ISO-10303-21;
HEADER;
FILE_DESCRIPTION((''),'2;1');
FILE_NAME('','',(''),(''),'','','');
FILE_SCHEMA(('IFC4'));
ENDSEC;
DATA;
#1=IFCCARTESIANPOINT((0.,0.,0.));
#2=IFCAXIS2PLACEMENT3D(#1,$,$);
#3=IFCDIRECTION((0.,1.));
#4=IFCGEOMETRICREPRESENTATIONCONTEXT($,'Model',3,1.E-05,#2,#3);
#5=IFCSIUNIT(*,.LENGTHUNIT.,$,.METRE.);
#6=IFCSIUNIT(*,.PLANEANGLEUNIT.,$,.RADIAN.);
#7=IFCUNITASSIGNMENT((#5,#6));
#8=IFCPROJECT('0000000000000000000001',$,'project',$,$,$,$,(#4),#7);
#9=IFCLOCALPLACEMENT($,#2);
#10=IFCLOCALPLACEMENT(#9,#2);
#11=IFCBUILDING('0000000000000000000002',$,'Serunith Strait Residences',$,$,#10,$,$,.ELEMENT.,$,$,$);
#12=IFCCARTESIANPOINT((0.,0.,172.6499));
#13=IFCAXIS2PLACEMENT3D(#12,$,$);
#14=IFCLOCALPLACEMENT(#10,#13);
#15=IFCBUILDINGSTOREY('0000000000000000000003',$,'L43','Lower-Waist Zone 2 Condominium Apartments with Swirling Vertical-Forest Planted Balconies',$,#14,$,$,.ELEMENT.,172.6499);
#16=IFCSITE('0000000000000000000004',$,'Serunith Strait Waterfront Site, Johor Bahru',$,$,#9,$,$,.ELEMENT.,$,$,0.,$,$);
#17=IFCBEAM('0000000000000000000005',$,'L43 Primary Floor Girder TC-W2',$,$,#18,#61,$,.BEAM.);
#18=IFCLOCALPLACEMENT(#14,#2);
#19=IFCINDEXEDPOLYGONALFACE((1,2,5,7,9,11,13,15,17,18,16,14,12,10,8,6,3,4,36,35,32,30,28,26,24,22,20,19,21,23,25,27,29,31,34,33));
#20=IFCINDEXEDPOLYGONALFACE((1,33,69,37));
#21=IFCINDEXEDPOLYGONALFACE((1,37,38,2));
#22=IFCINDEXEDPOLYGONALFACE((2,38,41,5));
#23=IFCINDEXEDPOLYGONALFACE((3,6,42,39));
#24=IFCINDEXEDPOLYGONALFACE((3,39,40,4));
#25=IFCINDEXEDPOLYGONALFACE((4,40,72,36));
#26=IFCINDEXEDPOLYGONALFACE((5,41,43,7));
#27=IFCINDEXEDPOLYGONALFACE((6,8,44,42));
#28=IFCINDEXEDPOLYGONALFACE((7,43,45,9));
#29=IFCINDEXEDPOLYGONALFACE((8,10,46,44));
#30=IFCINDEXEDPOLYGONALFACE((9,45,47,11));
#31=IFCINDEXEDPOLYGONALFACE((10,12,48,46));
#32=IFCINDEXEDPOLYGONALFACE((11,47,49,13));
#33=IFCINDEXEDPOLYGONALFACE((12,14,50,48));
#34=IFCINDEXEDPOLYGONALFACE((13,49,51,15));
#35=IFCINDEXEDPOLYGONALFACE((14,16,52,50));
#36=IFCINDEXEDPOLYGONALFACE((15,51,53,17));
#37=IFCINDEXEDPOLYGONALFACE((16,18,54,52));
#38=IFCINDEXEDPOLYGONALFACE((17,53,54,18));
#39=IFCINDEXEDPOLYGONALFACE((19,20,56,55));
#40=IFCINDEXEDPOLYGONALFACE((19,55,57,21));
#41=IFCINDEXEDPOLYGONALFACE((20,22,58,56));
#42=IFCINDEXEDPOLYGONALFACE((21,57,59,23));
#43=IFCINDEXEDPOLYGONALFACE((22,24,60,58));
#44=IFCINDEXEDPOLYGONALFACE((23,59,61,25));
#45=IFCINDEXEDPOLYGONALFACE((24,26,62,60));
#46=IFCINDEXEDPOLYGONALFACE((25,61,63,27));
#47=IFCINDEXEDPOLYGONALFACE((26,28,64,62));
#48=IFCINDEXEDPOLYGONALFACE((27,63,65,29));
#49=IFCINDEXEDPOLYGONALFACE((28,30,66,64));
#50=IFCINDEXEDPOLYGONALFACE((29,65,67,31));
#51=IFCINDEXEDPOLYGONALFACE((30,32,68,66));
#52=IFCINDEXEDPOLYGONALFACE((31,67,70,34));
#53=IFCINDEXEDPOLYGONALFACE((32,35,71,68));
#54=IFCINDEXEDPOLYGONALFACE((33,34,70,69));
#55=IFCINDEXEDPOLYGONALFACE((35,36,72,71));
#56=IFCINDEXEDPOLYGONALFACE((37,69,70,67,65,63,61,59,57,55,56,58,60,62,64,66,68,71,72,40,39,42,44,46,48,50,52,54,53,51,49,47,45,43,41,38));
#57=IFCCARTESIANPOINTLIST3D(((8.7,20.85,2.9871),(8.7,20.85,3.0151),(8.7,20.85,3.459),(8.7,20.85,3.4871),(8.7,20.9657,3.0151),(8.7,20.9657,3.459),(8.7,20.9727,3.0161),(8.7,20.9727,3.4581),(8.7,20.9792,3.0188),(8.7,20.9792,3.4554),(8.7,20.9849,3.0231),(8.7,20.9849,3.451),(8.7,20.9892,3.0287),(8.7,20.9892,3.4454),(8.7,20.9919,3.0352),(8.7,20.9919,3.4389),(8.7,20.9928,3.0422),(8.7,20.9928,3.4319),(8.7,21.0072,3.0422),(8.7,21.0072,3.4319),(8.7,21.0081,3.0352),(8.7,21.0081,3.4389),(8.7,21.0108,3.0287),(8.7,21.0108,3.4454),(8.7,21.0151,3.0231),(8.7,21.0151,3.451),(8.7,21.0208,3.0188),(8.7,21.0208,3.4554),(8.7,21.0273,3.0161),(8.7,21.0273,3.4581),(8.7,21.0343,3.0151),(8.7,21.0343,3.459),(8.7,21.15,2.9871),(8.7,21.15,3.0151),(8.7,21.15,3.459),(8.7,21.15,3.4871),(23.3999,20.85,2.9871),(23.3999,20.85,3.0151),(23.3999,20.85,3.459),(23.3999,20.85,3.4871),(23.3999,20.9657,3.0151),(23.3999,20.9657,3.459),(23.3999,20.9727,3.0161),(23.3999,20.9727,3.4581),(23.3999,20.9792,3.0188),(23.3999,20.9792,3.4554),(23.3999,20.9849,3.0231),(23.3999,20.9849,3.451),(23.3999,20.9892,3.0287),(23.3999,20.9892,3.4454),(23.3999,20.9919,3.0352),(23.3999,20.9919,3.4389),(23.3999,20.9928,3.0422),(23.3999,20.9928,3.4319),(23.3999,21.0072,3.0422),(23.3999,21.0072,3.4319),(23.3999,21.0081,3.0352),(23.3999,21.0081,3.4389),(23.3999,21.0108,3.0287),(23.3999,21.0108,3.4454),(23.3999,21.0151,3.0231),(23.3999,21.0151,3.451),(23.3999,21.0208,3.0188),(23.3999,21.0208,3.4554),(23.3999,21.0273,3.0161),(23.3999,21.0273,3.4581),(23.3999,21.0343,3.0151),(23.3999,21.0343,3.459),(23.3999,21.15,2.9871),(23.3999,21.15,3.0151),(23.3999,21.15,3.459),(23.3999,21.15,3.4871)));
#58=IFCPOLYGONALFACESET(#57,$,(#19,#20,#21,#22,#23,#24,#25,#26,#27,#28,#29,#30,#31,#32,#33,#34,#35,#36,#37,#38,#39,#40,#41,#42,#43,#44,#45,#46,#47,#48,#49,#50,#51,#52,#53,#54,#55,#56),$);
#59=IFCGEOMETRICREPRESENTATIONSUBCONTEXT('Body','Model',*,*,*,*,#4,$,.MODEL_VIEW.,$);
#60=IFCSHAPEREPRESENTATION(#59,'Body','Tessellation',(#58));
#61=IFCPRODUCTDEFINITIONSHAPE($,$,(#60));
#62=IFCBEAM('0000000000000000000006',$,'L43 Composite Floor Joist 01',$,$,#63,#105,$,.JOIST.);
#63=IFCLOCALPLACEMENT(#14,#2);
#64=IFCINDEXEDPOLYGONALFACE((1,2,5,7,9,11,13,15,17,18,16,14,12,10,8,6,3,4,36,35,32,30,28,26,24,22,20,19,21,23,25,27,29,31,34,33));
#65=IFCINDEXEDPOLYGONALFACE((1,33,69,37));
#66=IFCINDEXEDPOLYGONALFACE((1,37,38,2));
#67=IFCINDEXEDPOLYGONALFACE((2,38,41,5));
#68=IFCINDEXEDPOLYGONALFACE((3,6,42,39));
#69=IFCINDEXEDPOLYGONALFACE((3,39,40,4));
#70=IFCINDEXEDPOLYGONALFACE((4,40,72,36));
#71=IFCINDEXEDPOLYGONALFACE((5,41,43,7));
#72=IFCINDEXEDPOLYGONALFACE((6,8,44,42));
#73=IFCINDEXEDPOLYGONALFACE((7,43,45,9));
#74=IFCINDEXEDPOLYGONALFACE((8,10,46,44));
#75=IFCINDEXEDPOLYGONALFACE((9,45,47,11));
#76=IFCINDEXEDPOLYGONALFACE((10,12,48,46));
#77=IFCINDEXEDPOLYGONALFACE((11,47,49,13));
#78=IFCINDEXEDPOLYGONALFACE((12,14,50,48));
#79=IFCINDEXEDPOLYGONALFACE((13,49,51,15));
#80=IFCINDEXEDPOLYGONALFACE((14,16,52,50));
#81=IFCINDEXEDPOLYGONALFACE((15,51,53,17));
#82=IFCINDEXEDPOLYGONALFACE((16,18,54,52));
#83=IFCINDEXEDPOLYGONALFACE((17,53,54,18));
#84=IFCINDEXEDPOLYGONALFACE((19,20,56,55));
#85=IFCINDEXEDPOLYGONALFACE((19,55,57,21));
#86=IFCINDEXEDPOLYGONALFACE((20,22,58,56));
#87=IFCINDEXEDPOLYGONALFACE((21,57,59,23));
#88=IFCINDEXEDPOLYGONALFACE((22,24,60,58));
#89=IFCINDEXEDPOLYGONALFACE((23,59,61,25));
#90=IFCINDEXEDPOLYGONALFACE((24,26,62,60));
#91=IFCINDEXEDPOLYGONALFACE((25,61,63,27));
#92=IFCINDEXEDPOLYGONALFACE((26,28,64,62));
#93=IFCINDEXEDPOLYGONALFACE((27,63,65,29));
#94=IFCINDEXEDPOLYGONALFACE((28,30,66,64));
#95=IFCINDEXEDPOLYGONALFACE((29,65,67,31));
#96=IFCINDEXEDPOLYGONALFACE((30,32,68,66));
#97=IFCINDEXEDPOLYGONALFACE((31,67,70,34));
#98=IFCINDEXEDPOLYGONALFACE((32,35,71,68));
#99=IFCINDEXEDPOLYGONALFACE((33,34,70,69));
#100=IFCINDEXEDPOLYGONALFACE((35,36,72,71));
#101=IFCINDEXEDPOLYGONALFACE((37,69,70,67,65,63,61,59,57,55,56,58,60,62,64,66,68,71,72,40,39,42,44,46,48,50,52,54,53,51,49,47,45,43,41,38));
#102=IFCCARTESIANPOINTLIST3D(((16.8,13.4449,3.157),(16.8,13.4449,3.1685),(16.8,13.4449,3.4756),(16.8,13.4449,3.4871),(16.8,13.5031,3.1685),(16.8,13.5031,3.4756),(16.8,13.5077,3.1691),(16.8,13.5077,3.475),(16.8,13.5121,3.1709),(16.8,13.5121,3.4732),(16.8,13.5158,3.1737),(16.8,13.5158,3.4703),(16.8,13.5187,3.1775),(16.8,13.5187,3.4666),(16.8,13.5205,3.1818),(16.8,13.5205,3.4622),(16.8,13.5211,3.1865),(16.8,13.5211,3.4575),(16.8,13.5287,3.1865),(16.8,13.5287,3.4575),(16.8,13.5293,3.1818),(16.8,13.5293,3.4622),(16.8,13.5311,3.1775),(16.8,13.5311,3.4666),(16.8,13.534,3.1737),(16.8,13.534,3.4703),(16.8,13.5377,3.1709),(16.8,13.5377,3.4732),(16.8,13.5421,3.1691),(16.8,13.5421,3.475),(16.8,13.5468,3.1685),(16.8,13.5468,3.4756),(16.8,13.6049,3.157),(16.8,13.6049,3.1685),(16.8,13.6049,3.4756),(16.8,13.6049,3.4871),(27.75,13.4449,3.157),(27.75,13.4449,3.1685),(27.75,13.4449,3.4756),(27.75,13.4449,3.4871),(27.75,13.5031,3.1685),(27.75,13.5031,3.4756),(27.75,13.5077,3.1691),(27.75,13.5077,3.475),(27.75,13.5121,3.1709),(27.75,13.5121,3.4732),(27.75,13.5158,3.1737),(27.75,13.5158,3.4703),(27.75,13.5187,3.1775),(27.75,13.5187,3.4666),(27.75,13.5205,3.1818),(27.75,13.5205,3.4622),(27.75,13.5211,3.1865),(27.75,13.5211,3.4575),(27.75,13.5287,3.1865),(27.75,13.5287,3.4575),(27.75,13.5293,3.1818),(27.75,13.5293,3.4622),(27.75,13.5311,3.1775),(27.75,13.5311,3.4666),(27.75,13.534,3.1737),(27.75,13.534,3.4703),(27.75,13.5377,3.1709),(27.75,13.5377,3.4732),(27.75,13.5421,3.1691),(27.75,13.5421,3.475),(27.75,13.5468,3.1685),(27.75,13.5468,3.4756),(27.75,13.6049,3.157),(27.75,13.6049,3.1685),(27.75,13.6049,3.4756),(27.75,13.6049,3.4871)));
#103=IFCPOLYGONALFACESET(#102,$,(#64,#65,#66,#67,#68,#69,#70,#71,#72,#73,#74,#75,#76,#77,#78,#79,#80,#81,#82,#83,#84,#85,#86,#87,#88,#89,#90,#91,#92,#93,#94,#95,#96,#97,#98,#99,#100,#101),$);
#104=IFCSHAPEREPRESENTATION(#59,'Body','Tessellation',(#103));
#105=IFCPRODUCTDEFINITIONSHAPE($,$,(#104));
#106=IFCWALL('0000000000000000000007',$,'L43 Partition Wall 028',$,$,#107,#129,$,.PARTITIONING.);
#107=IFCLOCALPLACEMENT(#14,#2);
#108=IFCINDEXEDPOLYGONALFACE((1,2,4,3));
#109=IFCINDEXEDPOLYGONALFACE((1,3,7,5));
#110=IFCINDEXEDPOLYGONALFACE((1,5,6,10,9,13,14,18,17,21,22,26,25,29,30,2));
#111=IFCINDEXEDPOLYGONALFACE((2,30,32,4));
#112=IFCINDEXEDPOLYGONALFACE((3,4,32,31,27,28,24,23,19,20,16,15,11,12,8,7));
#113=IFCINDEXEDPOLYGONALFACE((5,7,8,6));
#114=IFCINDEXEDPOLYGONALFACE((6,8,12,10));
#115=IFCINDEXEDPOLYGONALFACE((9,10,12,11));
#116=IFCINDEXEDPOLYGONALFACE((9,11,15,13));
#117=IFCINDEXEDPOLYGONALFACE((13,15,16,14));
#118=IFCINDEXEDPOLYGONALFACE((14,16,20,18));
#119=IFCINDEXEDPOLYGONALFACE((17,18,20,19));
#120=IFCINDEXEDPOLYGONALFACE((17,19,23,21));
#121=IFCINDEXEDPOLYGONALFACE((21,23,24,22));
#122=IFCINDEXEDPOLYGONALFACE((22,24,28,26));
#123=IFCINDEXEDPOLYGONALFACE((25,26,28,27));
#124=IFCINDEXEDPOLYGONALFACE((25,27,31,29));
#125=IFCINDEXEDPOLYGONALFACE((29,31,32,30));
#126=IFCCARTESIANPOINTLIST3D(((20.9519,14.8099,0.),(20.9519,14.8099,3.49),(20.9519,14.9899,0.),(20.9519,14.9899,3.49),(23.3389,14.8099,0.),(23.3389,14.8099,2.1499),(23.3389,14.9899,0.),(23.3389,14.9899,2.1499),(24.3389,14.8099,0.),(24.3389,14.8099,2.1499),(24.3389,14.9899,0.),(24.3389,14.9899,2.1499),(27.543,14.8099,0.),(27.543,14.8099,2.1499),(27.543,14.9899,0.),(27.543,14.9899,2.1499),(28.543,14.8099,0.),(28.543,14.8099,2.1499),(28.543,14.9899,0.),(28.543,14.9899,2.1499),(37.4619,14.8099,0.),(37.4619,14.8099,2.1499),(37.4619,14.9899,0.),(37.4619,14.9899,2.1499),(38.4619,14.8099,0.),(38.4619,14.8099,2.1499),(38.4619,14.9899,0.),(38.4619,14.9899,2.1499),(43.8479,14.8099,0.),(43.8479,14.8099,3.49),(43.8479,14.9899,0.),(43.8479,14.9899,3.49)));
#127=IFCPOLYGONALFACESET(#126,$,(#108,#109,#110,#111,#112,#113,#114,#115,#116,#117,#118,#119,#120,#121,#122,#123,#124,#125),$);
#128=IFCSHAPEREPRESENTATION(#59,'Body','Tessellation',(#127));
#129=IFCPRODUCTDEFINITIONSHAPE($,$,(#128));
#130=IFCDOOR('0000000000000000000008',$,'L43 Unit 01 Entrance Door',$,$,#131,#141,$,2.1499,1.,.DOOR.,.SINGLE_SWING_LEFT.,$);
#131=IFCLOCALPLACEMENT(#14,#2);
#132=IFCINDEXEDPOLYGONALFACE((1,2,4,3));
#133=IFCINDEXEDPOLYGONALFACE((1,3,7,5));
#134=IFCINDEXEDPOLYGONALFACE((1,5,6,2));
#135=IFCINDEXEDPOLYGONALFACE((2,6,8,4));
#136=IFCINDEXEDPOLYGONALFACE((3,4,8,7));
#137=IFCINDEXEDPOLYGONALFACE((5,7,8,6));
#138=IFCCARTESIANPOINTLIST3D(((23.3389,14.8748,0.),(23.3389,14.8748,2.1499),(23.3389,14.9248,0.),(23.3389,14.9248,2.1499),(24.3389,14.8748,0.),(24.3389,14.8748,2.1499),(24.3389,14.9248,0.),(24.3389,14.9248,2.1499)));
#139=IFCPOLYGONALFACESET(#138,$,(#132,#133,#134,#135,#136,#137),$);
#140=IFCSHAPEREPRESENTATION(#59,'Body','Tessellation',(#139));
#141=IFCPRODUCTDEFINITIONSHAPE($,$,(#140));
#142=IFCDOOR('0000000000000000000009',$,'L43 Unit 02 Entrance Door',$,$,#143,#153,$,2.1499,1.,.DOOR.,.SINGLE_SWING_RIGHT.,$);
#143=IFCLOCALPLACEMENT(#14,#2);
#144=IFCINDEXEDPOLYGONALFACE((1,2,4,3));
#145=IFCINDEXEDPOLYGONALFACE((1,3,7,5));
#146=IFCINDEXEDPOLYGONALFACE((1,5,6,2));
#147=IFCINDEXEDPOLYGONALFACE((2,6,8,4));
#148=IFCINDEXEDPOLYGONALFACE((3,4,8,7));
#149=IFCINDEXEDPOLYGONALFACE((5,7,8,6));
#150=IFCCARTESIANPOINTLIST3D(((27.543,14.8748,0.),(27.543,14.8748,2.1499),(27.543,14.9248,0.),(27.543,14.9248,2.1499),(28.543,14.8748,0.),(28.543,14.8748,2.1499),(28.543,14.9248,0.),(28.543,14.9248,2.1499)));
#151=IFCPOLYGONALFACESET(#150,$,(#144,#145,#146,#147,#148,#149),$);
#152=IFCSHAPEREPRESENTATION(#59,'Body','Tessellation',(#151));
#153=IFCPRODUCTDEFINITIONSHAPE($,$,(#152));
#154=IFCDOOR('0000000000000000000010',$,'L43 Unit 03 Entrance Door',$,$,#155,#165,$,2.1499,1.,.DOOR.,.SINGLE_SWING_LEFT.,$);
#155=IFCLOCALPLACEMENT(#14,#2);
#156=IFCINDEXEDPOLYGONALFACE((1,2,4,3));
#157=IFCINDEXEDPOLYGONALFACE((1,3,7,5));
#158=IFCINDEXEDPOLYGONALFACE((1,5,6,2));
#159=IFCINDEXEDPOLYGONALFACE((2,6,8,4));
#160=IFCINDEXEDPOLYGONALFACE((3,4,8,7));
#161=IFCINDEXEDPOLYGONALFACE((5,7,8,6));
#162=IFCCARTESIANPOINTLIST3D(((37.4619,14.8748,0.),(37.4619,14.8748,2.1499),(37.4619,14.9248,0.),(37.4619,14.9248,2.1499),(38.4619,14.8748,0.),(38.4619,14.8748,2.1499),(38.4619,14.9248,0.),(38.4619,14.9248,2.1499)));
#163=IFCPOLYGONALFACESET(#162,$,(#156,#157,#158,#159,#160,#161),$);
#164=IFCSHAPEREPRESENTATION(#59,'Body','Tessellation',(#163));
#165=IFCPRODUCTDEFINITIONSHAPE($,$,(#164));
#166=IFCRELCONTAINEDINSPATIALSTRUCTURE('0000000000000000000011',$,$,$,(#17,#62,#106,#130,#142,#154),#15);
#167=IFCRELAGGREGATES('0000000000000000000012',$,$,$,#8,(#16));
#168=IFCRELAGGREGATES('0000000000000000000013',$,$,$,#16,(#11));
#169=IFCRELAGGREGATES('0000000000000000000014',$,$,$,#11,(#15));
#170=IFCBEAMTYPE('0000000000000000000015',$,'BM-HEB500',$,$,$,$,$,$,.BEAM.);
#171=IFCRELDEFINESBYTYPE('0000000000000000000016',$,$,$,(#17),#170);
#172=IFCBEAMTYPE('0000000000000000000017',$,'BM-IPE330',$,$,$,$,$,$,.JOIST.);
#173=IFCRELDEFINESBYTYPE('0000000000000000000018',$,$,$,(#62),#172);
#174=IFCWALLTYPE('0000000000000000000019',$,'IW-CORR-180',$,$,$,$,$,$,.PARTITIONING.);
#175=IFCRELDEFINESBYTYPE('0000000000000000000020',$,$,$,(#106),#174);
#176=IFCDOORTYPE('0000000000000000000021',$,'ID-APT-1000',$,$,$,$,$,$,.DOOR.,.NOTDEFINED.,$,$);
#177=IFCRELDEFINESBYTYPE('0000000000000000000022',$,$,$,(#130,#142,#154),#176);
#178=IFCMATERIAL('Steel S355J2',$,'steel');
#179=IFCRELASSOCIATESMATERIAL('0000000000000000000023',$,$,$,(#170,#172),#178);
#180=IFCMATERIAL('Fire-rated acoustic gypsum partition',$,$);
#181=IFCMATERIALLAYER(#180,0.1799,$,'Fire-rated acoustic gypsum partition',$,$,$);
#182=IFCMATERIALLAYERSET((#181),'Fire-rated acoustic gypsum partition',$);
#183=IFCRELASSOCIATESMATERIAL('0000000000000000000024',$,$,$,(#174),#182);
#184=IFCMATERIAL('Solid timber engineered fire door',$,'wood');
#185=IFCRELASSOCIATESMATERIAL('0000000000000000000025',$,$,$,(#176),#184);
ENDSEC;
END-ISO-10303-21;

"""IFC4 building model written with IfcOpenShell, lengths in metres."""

from ifc_helpers import new_model, si_unit, direction, frame, frame_2d, origin, origin_2d, place, context, subcontext, project, spatial, rectangle, i_section, extrude, source, transform, mapped, material, layer, layer_set, material_profile, profile_set, type_object, element, fill, save


model = new_model("IFC4")

# Units and contexts
model_context = context("Model", 3, precision=1e-05, world=origin(), true_north=direction((0.0, 1.0)))
body_context = subcontext(model_context, "Body", "Model", "MODEL_VIEW")
ifc_project = project(units=[si_unit("LENGTHUNIT", "METRE"), si_unit("PLANEANGLEUNIT", "RADIAN")], contexts=[model_context])

# Site, building, storey
site_placement = place(None, origin())
site = spatial("IfcSite", under=ifc_project, at=site_placement, Name="Serunith Strait Waterfront Site, Johor Bahru", CompositionType="ELEMENT", RefElevation=0.0)
building_placement = place(site_placement, origin())
building = spatial("IfcBuilding", under=site, at=building_placement, Name="Serunith Strait Residences", CompositionType="ELEMENT")
storey_placement = place(building_placement, frame((0.0, 0.0, 172.6499)))
storey = spatial("IfcBuildingStorey", under=building, at=storey_placement, Name="L43", Description="Lower-Waist Zone 2 Condominium Apartments with Swirling Vertical-Forest Planted Balconies", CompositionType="ELEMENT", Elevation=172.6499)

# Beams
ifc_material_1 = material(Name="Steel S355J2", Category="steel")
ifc_material_profile_1 = material_profile(ifc_material_1, i_section(OverallWidth=0.3, OverallDepth=0.5, WebThickness=0.0144, FlangeThickness=0.0281, FilletRadius=0.0271, at=origin_2d()), Name="HEB 500")
ifc_profile_set_1 = profile_set([ifc_material_profile_1], Name="Steel S355J2")
beam_type_1 = type_object("IfcBeamType", Name="BM-HEB500", PredefinedType="BEAM", material=ifc_profile_set_1)
shared_shape_1 = source(origin(), body_context, "Body", "SweptSolid", [
    extrude(i_section(OverallWidth=0.3, OverallDepth=0.5, WebThickness=0.0144, FlangeThickness=0.0281, FilletRadius=0.0271, at=origin_2d()), origin(), (0.0, 0.0, 1.0), 14.7),
])
beam_1_placement = place(storey_placement, frame((23.3999, 21.0, 3.2371), z_axis=(-1.0, 0.0, 0.0), x_axis=(0.0, -1.0, 0.0)))
element("IfcBeam", 1, at=beam_1_placement, inside=storey, type_object=beam_type_1, Name="L43 Primary Floor Girder TC-W2", PredefinedType="BEAM", context=body_context, shape_type="MappedRepresentation", body=[
    mapped(shared_shape_1, transform((0.0, 0.0, 0.0), scale=1.0)),
])
ifc_material_profile_2 = material_profile(ifc_material_1, i_section(OverallWidth=0.1599, OverallDepth=0.3301, WebThickness=0.0076, FlangeThickness=0.0115, FilletRadius=0.0181, at=origin_2d()), Name="IPE 330")
ifc_profile_set_2 = profile_set([ifc_material_profile_2], Name="Steel S355J2")
beam_type_2 = type_object("IfcBeamType", Name="BM-IPE330", PredefinedType="JOIST", material=ifc_profile_set_2)
shared_shape_2 = source(origin(), body_context, "Body", "SweptSolid", [
    extrude(i_section(OverallWidth=0.1599, OverallDepth=0.3301, WebThickness=0.0076, FlangeThickness=0.0115, FilletRadius=0.0181, at=origin_2d()), origin(), (0.0, 0.0, 1.0), 10.95),
])
beam_2_placement = place(storey_placement, frame((16.8, 13.5249, 3.322), z_axis=(1.0, 0.0, 0.0), x_axis=(0.0, 1.0, 0.0)))
element("IfcBeam", 2, at=beam_2_placement, inside=storey, type_object=beam_type_2, Name="L43 Composite Floor Joist 01", PredefinedType="JOIST", context=body_context, shape_type="MappedRepresentation", body=[
    mapped(shared_shape_2, transform((0.0, 0.0, 0.0), scale=1.0)),
])

# Wall, openings, doors
ifc_material_2 = material(Name="Fire-rated acoustic gypsum partition")
ifc_layer_1 = layer(ifc_material_2, 0.1799, Name="Fire-rated acoustic gypsum partition")
ifc_layer_set_1 = layer_set([ifc_layer_1], Name="Fire-rated acoustic gypsum partition")
wall_type_1 = type_object("IfcWallType", Name="IW-CORR-180", PredefinedType="PARTITIONING", material=ifc_layer_set_1)
wall_1_placement = place(storey_placement, frame((20.9519, 14.8999, 0.0), z_axis=(0.0, 0.0, 1.0), x_axis=(1.0, 0.0, 0.0)))
wall_1 = element("IfcWall", 3, at=wall_1_placement, inside=storey, type_object=wall_type_1, Name="L43 Partition Wall 028", PredefinedType="PARTITIONING", context=body_context, shape_type="SweptSolid", body=[
    extrude(rectangle(XDim=22.896, YDim=0.1799, at=frame_2d((11.448, 0.0))), origin(), (0.0, 0.0, 1.0), 3.49),
])
opening_1_placement = place(wall_1_placement, frame((2.387, 0.0, 0.0)))
opening_1 = element("IfcOpeningElement", 4, at=opening_1_placement, cuts=wall_1, PredefinedType="OPENING", context=body_context, shape_type="SweptSolid", body=[
    extrude(rectangle(XDim=1.0, YDim=2.1499, at=frame_2d((0.5, 1.075))), frame((0.0, 0.1001, 0.0), z_axis=(0.0, -1.0, 0.0), x_axis=(1.0, 0.0, 0.0)), (0.0, 0.0, 1.0), 0.2),
])
opening_2_placement = place(wall_1_placement, frame((6.5911, 0.0, 0.0)))
opening_2 = element("IfcOpeningElement", 5, at=opening_2_placement, cuts=wall_1, PredefinedType="OPENING", context=body_context, shape_type="SweptSolid", body=[
    extrude(rectangle(XDim=1.0, YDim=2.1499, at=frame_2d((0.5, 1.075))), frame((0.0, 0.1001, 0.0), z_axis=(0.0, -1.0, 0.0), x_axis=(1.0, 0.0, 0.0)), (0.0, 0.0, 1.0), 0.2),
])
opening_3_placement = place(wall_1_placement, frame((16.51, 0.0, 0.0)))
opening_3 = element("IfcOpeningElement", 6, at=opening_3_placement, cuts=wall_1, PredefinedType="OPENING", context=body_context, shape_type="SweptSolid", body=[
    extrude(rectangle(XDim=1.0, YDim=2.1499, at=frame_2d((0.5, 1.075))), frame((0.0, 0.1001, 0.0), z_axis=(0.0, -1.0, 0.0), x_axis=(1.0, 0.0, 0.0)), (0.0, 0.0, 1.0), 0.2),
])
ifc_material_3 = material(Name="Solid timber engineered fire door", Category="wood")
door_type_1 = type_object("IfcDoorType", Name="ID-APT-1000", OperationType="NOTDEFINED", PredefinedType="DOOR", material=ifc_material_3)
shared_shape_3 = source(origin(), body_context, "Body", "SweptSolid", [
    extrude(rectangle(XDim=1.0, YDim=2.1499, at=frame_2d((0.5, 1.075))), frame((0.0, 0.0249, 0.0), z_axis=(0.0, -1.0, 0.0), x_axis=(1.0, 0.0, 0.0)), (0.0, 0.0, 1.0), 0.05),
])
door_1_placement = place(opening_1_placement, origin())
door_1 = element("IfcDoor", 7, at=door_1_placement, inside=storey, type_object=door_type_1, Name="L43 Unit 01 Entrance Door", OperationType="SINGLE_SWING_LEFT", OverallHeight=2.1499, OverallWidth=1.0, PredefinedType="DOOR", context=body_context, shape_type="MappedRepresentation", body=[
    mapped(shared_shape_3, transform((0.0, 0.0, 0.0), scale=1.0)),
])
fill(opening_1, door_1)
door_2_placement = place(opening_2_placement, origin())
door_2 = element("IfcDoor", 8, at=door_2_placement, inside=storey, type_object=door_type_1, Name="L43 Unit 02 Entrance Door", OperationType="SINGLE_SWING_RIGHT", OverallHeight=2.1499, OverallWidth=1.0, PredefinedType="DOOR", context=body_context, shape_type="MappedRepresentation", body=[
    mapped(shared_shape_3, transform((0.0, 0.0, 0.0), scale=1.0)),
])
fill(opening_2, door_2)
door_3_placement = place(opening_3_placement, origin())
door_3 = element("IfcDoor", 9, at=door_3_placement, inside=storey, type_object=door_type_1, Name="L43 Unit 03 Entrance Door", OperationType="SINGLE_SWING_LEFT", OverallHeight=2.1499, OverallWidth=1.0, PredefinedType="DOOR", context=body_context, shape_type="MappedRepresentation", body=[
    mapped(shared_shape_3, transform((0.0, 0.0, 0.0), scale=1.0)),
])
fill(opening_3, door_3)

save(model, "model.ifc")
